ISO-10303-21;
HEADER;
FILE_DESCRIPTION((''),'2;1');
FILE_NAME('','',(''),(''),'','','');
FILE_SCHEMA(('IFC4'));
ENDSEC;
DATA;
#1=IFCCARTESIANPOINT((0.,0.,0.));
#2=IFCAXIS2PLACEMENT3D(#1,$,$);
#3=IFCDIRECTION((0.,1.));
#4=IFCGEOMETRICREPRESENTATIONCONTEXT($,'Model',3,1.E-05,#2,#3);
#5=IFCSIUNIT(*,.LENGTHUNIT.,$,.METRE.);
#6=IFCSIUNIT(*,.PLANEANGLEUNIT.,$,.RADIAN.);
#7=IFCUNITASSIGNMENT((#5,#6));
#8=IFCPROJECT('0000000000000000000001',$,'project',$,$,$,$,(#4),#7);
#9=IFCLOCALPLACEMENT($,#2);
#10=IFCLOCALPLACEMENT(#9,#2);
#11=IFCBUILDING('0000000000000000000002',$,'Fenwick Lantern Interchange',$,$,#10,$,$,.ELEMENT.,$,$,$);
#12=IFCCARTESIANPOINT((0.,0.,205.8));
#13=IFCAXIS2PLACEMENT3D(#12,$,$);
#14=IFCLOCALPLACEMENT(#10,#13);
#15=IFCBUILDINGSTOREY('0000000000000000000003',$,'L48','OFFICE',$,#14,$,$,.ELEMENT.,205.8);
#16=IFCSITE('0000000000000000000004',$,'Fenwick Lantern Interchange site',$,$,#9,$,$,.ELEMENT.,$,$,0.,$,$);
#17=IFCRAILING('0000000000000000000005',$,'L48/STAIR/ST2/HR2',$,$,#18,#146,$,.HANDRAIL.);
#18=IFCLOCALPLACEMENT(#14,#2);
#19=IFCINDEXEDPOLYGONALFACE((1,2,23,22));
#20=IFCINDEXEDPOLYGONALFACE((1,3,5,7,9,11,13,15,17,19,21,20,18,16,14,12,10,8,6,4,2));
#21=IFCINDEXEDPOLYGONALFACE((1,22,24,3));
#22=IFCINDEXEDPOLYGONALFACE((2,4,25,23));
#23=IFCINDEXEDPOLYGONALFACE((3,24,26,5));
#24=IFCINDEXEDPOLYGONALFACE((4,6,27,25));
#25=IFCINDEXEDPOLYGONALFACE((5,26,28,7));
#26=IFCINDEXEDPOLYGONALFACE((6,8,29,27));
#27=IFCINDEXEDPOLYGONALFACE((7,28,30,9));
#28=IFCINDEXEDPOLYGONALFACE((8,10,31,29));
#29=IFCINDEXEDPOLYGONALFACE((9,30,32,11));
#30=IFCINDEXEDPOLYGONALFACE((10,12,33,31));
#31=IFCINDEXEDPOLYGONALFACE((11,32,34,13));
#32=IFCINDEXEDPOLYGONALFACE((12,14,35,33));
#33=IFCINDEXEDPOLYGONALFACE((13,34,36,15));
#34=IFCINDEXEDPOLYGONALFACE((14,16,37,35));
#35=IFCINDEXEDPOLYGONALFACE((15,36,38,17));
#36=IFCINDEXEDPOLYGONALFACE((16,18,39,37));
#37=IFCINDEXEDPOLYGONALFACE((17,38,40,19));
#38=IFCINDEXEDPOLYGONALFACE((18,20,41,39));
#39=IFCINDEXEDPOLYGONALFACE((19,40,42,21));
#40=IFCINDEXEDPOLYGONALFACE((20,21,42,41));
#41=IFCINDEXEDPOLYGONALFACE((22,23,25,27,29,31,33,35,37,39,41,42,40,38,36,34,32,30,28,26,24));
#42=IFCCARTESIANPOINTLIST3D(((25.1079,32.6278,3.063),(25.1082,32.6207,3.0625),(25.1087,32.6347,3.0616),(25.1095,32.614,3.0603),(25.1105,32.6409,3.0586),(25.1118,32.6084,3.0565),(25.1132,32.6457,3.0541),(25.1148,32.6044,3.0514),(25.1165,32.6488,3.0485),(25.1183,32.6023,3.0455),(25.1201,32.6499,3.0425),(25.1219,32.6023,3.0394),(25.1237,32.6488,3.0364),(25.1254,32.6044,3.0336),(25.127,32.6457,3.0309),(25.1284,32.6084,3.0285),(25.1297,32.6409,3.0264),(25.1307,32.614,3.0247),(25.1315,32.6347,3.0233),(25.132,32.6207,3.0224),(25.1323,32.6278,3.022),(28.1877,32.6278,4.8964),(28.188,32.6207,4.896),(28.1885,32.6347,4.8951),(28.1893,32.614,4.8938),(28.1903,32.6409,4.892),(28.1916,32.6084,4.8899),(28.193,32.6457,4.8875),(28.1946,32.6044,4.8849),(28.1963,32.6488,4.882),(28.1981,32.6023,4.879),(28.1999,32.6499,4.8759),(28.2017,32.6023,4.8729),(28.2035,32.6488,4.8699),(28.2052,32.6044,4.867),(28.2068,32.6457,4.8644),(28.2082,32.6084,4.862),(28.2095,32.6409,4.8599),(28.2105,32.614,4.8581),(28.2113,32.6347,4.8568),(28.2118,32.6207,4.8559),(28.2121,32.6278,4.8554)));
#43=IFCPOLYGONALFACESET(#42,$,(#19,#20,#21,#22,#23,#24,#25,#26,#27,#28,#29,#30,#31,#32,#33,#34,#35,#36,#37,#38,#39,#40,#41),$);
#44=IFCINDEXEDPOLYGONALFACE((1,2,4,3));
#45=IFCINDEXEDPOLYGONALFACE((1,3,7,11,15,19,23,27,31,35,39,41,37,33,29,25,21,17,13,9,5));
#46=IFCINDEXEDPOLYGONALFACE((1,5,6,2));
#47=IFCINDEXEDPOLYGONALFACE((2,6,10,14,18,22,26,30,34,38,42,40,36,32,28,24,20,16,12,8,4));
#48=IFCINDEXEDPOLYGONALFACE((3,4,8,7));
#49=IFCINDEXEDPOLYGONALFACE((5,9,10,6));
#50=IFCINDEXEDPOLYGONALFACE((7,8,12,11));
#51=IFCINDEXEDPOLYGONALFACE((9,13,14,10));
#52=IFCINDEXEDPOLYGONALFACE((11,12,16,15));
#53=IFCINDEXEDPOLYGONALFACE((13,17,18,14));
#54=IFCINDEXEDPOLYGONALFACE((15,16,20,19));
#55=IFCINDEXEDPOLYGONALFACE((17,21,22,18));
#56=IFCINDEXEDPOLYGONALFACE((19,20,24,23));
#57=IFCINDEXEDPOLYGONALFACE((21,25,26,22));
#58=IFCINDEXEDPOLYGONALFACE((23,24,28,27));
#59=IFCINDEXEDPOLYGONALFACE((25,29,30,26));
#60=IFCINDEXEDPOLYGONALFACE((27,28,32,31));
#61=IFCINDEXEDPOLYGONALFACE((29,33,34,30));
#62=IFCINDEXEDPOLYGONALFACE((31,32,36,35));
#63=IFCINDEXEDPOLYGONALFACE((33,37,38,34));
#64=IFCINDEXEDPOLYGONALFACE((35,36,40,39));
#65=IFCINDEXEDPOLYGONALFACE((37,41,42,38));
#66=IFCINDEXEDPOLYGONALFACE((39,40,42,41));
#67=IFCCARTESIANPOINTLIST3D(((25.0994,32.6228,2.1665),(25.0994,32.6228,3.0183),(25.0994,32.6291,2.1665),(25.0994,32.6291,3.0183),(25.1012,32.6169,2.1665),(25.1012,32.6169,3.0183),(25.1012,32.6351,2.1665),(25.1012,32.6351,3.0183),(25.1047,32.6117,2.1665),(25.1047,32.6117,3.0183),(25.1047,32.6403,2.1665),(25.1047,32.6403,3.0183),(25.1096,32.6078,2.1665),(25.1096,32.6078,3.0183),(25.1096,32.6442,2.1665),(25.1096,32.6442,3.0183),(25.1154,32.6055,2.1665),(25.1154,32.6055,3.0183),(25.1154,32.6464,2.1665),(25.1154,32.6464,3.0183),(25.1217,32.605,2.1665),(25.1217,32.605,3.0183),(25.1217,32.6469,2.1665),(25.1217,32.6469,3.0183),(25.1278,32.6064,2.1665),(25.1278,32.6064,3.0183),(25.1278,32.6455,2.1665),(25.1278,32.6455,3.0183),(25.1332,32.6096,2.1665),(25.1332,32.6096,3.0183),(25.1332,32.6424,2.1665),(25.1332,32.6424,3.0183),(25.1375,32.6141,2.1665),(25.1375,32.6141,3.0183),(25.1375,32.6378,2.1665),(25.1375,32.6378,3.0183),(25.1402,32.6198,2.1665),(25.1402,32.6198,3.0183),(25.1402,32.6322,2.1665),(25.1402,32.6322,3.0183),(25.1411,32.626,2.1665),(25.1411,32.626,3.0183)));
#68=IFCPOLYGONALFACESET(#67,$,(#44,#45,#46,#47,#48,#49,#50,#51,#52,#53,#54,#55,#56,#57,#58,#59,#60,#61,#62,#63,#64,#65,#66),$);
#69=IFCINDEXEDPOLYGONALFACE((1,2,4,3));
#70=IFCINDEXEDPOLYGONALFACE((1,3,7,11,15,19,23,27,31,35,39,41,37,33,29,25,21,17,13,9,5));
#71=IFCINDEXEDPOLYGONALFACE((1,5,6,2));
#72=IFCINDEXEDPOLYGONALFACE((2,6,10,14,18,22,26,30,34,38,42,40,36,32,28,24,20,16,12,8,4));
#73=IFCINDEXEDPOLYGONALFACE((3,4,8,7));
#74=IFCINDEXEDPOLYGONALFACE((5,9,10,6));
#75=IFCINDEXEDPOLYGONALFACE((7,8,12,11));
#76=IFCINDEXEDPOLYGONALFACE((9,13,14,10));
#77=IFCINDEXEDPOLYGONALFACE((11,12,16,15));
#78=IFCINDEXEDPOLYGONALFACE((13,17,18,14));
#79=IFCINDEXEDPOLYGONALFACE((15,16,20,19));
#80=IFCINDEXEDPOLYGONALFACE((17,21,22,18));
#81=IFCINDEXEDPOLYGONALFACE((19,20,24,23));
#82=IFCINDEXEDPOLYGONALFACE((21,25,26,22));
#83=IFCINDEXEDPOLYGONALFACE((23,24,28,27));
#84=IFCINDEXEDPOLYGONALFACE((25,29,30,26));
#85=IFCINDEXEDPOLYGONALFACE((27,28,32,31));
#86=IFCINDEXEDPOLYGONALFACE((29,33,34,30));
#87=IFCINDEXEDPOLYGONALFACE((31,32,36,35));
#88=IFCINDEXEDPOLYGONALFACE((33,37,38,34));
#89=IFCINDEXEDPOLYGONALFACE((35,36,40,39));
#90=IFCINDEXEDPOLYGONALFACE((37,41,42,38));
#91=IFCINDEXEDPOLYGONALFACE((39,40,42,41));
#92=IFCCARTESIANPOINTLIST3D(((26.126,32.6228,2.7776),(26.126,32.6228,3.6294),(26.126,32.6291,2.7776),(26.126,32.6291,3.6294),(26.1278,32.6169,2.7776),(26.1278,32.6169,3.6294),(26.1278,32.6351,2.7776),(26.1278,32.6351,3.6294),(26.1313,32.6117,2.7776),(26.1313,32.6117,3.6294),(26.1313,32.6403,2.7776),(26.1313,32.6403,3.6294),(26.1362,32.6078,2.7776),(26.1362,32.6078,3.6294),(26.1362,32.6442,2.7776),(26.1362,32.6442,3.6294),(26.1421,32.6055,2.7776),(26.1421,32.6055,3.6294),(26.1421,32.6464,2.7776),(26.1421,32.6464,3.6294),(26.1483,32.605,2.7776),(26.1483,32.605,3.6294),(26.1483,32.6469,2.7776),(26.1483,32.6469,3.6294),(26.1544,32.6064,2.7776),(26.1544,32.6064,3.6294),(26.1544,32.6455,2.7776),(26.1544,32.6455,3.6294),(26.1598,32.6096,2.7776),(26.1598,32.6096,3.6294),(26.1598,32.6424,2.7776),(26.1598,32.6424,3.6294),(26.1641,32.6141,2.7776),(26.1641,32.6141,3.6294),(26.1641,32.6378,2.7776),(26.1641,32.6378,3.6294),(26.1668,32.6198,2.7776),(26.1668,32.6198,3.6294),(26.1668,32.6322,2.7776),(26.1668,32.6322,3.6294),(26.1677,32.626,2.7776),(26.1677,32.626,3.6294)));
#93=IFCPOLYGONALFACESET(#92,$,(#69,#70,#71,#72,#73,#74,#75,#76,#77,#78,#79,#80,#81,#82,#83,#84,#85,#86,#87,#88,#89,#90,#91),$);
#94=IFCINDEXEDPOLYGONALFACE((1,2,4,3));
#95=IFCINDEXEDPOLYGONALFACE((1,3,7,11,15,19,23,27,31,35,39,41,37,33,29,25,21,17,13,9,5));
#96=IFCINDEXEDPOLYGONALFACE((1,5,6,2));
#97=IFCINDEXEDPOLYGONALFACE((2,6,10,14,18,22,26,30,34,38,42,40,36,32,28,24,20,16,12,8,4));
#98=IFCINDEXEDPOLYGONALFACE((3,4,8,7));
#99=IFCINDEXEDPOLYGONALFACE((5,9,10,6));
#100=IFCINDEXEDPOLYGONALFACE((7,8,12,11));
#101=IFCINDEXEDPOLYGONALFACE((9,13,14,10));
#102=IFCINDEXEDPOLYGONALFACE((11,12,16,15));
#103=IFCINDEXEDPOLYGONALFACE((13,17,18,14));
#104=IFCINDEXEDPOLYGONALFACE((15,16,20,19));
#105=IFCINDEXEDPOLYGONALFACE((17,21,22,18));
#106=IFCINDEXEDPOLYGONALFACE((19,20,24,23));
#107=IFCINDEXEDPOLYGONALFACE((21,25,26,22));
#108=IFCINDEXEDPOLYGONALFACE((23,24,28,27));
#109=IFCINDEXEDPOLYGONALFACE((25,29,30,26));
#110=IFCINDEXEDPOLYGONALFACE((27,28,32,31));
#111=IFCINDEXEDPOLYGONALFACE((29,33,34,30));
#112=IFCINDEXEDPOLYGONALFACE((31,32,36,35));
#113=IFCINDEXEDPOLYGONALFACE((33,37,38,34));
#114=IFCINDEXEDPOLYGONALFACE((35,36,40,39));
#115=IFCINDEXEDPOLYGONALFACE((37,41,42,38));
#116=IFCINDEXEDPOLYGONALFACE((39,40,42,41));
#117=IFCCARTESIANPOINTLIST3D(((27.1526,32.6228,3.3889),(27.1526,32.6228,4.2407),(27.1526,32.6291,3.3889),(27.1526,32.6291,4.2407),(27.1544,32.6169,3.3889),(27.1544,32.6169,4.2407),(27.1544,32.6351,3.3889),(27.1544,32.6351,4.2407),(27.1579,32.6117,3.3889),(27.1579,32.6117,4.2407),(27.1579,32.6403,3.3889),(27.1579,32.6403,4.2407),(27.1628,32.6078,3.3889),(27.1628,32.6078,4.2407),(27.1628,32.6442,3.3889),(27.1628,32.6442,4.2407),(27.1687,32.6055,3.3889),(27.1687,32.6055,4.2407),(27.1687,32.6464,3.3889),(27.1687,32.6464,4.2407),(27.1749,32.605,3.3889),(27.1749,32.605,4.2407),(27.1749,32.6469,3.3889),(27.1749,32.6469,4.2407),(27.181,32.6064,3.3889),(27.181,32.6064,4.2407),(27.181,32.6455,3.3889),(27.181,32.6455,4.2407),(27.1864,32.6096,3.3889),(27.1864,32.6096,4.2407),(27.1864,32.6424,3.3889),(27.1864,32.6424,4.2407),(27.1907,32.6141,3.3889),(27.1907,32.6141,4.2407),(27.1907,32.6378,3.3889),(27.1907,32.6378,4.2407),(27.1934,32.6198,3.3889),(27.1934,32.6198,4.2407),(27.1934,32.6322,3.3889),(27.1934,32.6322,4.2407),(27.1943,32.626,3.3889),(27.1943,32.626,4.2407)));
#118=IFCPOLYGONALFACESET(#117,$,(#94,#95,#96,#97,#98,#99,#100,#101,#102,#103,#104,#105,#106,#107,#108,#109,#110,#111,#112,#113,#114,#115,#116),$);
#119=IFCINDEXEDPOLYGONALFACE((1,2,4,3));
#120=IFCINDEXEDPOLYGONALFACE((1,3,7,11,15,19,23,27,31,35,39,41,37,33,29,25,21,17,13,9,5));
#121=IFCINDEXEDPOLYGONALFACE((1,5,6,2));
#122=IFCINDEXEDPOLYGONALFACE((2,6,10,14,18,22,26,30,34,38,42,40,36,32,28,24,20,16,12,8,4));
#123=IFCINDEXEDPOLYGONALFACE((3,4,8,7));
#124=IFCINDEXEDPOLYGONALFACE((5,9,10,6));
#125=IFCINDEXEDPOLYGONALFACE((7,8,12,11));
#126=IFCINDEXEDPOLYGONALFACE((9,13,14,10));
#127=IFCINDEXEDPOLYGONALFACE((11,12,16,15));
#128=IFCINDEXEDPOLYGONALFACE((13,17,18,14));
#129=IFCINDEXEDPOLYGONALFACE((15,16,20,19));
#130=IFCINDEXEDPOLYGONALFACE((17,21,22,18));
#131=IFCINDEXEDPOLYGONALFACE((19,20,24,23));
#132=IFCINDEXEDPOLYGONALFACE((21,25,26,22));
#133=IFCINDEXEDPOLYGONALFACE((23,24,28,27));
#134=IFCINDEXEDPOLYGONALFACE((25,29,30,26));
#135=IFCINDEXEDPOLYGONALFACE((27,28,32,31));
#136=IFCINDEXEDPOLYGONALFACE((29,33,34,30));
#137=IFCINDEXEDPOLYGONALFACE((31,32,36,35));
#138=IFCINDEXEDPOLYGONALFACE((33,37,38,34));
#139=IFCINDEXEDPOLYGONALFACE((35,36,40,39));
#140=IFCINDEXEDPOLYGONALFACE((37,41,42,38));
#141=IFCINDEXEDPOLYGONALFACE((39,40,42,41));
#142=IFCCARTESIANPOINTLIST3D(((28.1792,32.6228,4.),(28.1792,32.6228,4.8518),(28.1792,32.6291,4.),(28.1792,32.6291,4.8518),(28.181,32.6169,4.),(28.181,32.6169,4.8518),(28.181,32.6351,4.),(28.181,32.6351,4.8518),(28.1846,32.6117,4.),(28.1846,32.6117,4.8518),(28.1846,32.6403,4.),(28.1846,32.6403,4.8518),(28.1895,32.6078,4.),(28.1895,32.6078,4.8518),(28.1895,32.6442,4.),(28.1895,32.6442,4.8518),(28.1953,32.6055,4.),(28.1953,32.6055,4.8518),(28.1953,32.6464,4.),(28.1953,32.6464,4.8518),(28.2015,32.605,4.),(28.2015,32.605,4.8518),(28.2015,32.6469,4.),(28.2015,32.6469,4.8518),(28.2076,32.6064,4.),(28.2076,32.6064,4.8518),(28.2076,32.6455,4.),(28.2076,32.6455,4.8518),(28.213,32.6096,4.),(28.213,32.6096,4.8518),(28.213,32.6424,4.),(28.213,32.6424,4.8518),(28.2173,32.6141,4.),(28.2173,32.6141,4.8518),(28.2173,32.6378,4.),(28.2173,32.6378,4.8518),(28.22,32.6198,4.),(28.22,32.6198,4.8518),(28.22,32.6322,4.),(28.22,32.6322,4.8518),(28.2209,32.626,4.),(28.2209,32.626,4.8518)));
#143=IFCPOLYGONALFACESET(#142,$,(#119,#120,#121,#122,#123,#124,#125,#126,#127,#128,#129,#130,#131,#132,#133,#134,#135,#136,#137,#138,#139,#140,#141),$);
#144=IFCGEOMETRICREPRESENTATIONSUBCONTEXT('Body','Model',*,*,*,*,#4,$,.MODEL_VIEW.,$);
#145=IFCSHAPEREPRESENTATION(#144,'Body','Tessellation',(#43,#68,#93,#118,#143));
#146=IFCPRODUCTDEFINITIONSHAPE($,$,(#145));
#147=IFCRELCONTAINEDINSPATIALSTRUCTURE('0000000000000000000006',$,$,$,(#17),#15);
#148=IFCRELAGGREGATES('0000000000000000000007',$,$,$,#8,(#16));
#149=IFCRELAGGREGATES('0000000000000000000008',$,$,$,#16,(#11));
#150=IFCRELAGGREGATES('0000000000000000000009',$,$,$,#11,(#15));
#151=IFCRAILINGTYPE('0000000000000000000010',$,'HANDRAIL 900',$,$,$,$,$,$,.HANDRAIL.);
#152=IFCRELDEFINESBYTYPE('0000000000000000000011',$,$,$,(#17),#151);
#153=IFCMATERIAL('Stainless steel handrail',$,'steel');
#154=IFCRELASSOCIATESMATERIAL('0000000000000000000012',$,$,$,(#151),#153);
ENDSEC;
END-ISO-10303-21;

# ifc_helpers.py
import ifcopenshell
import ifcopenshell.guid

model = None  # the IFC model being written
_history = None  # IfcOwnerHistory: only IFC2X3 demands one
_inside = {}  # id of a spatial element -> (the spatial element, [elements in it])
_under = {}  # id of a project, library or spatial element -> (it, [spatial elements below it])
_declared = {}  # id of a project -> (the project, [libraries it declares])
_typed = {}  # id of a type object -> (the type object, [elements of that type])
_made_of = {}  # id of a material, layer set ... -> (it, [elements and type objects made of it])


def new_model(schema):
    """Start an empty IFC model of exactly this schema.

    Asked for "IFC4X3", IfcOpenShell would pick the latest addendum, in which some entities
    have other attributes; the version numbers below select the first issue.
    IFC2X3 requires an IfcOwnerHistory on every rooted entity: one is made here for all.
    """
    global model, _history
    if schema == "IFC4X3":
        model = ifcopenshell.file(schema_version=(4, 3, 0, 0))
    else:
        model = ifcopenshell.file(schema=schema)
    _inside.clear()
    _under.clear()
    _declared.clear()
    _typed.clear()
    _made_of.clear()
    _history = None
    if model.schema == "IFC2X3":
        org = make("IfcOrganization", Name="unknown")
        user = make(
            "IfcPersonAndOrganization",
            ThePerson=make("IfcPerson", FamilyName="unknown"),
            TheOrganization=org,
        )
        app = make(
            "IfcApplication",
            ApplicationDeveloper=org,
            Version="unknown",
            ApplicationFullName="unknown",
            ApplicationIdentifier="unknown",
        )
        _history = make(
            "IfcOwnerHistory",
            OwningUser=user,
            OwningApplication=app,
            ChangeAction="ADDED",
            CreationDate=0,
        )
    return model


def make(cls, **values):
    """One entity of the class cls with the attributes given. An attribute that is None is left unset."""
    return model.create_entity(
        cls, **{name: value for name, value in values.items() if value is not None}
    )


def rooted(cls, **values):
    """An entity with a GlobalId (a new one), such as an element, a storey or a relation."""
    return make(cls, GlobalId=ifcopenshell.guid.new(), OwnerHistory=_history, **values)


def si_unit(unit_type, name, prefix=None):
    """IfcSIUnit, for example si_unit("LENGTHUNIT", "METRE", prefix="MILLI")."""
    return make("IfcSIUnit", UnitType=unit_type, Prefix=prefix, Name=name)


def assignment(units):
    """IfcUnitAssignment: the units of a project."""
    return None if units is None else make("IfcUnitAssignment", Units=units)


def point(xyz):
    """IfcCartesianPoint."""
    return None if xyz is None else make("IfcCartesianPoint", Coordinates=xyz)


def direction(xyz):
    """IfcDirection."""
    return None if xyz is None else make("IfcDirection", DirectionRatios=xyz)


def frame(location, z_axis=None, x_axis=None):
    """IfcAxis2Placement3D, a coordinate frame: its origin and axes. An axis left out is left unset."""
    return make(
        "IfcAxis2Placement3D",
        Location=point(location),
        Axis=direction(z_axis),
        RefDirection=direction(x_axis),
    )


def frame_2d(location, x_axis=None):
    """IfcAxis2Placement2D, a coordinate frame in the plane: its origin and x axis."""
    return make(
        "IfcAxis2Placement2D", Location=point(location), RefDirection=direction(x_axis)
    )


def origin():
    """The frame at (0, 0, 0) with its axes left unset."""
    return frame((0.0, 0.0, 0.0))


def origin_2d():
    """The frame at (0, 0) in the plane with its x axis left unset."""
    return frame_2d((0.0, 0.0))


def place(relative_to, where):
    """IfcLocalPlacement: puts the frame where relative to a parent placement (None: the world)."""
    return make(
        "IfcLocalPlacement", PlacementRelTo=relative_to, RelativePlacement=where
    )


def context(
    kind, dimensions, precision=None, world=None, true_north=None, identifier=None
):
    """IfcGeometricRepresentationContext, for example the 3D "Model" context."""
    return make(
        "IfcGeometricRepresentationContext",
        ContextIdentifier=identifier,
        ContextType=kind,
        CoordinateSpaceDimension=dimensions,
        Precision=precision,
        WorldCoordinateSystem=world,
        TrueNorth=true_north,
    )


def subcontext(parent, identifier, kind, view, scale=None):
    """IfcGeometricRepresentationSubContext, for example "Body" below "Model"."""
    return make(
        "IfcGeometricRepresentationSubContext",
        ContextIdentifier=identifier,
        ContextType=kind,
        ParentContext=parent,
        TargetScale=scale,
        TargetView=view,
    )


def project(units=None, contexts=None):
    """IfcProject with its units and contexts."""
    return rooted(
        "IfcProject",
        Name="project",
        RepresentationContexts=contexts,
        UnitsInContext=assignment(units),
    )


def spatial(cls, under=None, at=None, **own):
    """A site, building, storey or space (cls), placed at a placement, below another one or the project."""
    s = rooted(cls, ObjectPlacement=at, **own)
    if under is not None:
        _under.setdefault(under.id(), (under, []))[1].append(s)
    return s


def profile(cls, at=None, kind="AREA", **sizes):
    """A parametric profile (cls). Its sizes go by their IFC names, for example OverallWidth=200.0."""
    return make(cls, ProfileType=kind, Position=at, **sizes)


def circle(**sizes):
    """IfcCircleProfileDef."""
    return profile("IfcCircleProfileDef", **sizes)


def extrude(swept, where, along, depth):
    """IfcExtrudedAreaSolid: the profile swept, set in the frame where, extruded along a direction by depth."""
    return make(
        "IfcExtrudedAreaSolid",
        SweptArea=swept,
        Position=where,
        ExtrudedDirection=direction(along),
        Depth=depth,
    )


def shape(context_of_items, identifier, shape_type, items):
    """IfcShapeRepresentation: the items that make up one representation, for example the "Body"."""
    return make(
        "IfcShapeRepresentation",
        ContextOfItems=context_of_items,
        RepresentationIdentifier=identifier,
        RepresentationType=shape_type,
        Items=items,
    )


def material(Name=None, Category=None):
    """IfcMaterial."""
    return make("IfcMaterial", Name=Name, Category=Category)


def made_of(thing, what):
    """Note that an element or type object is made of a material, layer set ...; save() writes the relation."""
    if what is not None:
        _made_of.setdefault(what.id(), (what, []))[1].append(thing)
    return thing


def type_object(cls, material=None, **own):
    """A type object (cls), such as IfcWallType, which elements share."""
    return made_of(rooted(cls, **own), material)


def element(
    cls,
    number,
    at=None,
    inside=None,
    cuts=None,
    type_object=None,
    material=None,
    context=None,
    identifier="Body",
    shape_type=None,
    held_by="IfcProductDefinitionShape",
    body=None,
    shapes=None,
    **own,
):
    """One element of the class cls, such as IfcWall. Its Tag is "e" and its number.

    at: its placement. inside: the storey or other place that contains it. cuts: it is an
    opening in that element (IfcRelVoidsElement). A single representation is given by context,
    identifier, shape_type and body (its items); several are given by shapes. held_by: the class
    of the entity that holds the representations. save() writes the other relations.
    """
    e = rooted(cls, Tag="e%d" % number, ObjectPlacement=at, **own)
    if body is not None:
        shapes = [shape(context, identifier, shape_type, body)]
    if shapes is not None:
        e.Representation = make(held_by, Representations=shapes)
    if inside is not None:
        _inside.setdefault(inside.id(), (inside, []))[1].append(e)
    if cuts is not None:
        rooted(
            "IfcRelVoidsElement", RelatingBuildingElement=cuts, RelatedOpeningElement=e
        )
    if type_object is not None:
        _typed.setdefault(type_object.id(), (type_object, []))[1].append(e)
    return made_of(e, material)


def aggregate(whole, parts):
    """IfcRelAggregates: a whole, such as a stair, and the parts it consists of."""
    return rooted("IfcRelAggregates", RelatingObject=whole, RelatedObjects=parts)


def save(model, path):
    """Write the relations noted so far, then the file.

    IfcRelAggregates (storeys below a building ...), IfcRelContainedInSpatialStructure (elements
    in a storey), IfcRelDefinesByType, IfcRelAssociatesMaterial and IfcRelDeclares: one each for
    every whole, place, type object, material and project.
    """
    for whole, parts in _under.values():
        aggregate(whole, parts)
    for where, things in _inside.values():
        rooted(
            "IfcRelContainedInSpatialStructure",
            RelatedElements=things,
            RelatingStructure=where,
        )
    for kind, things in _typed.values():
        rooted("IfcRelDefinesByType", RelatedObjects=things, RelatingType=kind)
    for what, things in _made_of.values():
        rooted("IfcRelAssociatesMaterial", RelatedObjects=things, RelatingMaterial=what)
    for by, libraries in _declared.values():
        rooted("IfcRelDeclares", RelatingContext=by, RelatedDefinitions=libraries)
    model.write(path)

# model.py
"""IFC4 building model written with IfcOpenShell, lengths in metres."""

from ifc_helpers import new_model, si_unit, direction, frame, origin, origin_2d, place, context, subcontext, project, spatial, circle, extrude, material, type_object, element, save


model = new_model("IFC4")

# Units and contexts
model_context = context("Model", 3, precision=1e-05, world=origin(), true_north=direction((0.0, 1.0)))
body_context = subcontext(model_context, "Body", "Model", "MODEL_VIEW")
ifc_project = project(units=[si_unit("LENGTHUNIT", "METRE"), si_unit("PLANEANGLEUNIT", "RADIAN")], contexts=[model_context])

# Site, building, storey
site_placement = place(None, origin())
site = spatial("IfcSite", under=ifc_project, at=site_placement, Name="Fenwick Lantern Interchange site", CompositionType="ELEMENT", RefElevation=0.0)
building_placement = place(site_placement, origin())
building = spatial("IfcBuilding", under=site, at=building_placement, Name="Fenwick Lantern Interchange", CompositionType="ELEMENT")
storey_placement = place(building_placement, frame((0.0, 0.0, 205.8)))
storey = spatial("IfcBuildingStorey", under=building, at=storey_placement, Name="L48", Description="OFFICE", CompositionType="ELEMENT", Elevation=205.8)

# Railing
ifc_material_1 = material(Name="Stainless steel handrail", Category="steel")
railing_type = type_object("IfcRailingType", Name="HANDRAIL 900", PredefinedType="HANDRAIL", material=ifc_material_1)
railing_1_placement = place(storey_placement, frame((25.1201, 32.626, 2.1665)))
element("IfcRailing", 1, at=railing_1_placement, inside=storey, type_object=railing_type, Name="L48/STAIR/ST2/HR2", PredefinedType="HANDRAIL", context=body_context, shape_type="SweptSolid", body=[
    extrude(circle(Radius=0.0239, at=origin_2d()), frame((0.0, 0.0, 0.876), z_axis=(0.859261, 0.0, 0.511538), x_axis=(0.0, 1.0, 0.0)), (0.0, 0.0, 1.0), 3.5842),
    extrude(circle(Radius=0.021, at=origin_2d()), origin(), (0.0, 0.0, 1.0), 0.8518),
    extrude(circle(Radius=0.021, at=origin_2d()), frame((1.0266, 0.0, 0.6111)), (0.0, 0.0, 1.0), 0.8518),
    extrude(circle(Radius=0.021, at=origin_2d()), frame((2.0532, 0.0, 1.2224)), (0.0, 0.0, 1.0), 0.8518),
    extrude(circle(Radius=0.021, at=origin_2d()), frame((3.0798, 0.0, 1.8335)), (0.0, 0.0, 1.0), 0.8518),
])

save(model, "model.ifc")
